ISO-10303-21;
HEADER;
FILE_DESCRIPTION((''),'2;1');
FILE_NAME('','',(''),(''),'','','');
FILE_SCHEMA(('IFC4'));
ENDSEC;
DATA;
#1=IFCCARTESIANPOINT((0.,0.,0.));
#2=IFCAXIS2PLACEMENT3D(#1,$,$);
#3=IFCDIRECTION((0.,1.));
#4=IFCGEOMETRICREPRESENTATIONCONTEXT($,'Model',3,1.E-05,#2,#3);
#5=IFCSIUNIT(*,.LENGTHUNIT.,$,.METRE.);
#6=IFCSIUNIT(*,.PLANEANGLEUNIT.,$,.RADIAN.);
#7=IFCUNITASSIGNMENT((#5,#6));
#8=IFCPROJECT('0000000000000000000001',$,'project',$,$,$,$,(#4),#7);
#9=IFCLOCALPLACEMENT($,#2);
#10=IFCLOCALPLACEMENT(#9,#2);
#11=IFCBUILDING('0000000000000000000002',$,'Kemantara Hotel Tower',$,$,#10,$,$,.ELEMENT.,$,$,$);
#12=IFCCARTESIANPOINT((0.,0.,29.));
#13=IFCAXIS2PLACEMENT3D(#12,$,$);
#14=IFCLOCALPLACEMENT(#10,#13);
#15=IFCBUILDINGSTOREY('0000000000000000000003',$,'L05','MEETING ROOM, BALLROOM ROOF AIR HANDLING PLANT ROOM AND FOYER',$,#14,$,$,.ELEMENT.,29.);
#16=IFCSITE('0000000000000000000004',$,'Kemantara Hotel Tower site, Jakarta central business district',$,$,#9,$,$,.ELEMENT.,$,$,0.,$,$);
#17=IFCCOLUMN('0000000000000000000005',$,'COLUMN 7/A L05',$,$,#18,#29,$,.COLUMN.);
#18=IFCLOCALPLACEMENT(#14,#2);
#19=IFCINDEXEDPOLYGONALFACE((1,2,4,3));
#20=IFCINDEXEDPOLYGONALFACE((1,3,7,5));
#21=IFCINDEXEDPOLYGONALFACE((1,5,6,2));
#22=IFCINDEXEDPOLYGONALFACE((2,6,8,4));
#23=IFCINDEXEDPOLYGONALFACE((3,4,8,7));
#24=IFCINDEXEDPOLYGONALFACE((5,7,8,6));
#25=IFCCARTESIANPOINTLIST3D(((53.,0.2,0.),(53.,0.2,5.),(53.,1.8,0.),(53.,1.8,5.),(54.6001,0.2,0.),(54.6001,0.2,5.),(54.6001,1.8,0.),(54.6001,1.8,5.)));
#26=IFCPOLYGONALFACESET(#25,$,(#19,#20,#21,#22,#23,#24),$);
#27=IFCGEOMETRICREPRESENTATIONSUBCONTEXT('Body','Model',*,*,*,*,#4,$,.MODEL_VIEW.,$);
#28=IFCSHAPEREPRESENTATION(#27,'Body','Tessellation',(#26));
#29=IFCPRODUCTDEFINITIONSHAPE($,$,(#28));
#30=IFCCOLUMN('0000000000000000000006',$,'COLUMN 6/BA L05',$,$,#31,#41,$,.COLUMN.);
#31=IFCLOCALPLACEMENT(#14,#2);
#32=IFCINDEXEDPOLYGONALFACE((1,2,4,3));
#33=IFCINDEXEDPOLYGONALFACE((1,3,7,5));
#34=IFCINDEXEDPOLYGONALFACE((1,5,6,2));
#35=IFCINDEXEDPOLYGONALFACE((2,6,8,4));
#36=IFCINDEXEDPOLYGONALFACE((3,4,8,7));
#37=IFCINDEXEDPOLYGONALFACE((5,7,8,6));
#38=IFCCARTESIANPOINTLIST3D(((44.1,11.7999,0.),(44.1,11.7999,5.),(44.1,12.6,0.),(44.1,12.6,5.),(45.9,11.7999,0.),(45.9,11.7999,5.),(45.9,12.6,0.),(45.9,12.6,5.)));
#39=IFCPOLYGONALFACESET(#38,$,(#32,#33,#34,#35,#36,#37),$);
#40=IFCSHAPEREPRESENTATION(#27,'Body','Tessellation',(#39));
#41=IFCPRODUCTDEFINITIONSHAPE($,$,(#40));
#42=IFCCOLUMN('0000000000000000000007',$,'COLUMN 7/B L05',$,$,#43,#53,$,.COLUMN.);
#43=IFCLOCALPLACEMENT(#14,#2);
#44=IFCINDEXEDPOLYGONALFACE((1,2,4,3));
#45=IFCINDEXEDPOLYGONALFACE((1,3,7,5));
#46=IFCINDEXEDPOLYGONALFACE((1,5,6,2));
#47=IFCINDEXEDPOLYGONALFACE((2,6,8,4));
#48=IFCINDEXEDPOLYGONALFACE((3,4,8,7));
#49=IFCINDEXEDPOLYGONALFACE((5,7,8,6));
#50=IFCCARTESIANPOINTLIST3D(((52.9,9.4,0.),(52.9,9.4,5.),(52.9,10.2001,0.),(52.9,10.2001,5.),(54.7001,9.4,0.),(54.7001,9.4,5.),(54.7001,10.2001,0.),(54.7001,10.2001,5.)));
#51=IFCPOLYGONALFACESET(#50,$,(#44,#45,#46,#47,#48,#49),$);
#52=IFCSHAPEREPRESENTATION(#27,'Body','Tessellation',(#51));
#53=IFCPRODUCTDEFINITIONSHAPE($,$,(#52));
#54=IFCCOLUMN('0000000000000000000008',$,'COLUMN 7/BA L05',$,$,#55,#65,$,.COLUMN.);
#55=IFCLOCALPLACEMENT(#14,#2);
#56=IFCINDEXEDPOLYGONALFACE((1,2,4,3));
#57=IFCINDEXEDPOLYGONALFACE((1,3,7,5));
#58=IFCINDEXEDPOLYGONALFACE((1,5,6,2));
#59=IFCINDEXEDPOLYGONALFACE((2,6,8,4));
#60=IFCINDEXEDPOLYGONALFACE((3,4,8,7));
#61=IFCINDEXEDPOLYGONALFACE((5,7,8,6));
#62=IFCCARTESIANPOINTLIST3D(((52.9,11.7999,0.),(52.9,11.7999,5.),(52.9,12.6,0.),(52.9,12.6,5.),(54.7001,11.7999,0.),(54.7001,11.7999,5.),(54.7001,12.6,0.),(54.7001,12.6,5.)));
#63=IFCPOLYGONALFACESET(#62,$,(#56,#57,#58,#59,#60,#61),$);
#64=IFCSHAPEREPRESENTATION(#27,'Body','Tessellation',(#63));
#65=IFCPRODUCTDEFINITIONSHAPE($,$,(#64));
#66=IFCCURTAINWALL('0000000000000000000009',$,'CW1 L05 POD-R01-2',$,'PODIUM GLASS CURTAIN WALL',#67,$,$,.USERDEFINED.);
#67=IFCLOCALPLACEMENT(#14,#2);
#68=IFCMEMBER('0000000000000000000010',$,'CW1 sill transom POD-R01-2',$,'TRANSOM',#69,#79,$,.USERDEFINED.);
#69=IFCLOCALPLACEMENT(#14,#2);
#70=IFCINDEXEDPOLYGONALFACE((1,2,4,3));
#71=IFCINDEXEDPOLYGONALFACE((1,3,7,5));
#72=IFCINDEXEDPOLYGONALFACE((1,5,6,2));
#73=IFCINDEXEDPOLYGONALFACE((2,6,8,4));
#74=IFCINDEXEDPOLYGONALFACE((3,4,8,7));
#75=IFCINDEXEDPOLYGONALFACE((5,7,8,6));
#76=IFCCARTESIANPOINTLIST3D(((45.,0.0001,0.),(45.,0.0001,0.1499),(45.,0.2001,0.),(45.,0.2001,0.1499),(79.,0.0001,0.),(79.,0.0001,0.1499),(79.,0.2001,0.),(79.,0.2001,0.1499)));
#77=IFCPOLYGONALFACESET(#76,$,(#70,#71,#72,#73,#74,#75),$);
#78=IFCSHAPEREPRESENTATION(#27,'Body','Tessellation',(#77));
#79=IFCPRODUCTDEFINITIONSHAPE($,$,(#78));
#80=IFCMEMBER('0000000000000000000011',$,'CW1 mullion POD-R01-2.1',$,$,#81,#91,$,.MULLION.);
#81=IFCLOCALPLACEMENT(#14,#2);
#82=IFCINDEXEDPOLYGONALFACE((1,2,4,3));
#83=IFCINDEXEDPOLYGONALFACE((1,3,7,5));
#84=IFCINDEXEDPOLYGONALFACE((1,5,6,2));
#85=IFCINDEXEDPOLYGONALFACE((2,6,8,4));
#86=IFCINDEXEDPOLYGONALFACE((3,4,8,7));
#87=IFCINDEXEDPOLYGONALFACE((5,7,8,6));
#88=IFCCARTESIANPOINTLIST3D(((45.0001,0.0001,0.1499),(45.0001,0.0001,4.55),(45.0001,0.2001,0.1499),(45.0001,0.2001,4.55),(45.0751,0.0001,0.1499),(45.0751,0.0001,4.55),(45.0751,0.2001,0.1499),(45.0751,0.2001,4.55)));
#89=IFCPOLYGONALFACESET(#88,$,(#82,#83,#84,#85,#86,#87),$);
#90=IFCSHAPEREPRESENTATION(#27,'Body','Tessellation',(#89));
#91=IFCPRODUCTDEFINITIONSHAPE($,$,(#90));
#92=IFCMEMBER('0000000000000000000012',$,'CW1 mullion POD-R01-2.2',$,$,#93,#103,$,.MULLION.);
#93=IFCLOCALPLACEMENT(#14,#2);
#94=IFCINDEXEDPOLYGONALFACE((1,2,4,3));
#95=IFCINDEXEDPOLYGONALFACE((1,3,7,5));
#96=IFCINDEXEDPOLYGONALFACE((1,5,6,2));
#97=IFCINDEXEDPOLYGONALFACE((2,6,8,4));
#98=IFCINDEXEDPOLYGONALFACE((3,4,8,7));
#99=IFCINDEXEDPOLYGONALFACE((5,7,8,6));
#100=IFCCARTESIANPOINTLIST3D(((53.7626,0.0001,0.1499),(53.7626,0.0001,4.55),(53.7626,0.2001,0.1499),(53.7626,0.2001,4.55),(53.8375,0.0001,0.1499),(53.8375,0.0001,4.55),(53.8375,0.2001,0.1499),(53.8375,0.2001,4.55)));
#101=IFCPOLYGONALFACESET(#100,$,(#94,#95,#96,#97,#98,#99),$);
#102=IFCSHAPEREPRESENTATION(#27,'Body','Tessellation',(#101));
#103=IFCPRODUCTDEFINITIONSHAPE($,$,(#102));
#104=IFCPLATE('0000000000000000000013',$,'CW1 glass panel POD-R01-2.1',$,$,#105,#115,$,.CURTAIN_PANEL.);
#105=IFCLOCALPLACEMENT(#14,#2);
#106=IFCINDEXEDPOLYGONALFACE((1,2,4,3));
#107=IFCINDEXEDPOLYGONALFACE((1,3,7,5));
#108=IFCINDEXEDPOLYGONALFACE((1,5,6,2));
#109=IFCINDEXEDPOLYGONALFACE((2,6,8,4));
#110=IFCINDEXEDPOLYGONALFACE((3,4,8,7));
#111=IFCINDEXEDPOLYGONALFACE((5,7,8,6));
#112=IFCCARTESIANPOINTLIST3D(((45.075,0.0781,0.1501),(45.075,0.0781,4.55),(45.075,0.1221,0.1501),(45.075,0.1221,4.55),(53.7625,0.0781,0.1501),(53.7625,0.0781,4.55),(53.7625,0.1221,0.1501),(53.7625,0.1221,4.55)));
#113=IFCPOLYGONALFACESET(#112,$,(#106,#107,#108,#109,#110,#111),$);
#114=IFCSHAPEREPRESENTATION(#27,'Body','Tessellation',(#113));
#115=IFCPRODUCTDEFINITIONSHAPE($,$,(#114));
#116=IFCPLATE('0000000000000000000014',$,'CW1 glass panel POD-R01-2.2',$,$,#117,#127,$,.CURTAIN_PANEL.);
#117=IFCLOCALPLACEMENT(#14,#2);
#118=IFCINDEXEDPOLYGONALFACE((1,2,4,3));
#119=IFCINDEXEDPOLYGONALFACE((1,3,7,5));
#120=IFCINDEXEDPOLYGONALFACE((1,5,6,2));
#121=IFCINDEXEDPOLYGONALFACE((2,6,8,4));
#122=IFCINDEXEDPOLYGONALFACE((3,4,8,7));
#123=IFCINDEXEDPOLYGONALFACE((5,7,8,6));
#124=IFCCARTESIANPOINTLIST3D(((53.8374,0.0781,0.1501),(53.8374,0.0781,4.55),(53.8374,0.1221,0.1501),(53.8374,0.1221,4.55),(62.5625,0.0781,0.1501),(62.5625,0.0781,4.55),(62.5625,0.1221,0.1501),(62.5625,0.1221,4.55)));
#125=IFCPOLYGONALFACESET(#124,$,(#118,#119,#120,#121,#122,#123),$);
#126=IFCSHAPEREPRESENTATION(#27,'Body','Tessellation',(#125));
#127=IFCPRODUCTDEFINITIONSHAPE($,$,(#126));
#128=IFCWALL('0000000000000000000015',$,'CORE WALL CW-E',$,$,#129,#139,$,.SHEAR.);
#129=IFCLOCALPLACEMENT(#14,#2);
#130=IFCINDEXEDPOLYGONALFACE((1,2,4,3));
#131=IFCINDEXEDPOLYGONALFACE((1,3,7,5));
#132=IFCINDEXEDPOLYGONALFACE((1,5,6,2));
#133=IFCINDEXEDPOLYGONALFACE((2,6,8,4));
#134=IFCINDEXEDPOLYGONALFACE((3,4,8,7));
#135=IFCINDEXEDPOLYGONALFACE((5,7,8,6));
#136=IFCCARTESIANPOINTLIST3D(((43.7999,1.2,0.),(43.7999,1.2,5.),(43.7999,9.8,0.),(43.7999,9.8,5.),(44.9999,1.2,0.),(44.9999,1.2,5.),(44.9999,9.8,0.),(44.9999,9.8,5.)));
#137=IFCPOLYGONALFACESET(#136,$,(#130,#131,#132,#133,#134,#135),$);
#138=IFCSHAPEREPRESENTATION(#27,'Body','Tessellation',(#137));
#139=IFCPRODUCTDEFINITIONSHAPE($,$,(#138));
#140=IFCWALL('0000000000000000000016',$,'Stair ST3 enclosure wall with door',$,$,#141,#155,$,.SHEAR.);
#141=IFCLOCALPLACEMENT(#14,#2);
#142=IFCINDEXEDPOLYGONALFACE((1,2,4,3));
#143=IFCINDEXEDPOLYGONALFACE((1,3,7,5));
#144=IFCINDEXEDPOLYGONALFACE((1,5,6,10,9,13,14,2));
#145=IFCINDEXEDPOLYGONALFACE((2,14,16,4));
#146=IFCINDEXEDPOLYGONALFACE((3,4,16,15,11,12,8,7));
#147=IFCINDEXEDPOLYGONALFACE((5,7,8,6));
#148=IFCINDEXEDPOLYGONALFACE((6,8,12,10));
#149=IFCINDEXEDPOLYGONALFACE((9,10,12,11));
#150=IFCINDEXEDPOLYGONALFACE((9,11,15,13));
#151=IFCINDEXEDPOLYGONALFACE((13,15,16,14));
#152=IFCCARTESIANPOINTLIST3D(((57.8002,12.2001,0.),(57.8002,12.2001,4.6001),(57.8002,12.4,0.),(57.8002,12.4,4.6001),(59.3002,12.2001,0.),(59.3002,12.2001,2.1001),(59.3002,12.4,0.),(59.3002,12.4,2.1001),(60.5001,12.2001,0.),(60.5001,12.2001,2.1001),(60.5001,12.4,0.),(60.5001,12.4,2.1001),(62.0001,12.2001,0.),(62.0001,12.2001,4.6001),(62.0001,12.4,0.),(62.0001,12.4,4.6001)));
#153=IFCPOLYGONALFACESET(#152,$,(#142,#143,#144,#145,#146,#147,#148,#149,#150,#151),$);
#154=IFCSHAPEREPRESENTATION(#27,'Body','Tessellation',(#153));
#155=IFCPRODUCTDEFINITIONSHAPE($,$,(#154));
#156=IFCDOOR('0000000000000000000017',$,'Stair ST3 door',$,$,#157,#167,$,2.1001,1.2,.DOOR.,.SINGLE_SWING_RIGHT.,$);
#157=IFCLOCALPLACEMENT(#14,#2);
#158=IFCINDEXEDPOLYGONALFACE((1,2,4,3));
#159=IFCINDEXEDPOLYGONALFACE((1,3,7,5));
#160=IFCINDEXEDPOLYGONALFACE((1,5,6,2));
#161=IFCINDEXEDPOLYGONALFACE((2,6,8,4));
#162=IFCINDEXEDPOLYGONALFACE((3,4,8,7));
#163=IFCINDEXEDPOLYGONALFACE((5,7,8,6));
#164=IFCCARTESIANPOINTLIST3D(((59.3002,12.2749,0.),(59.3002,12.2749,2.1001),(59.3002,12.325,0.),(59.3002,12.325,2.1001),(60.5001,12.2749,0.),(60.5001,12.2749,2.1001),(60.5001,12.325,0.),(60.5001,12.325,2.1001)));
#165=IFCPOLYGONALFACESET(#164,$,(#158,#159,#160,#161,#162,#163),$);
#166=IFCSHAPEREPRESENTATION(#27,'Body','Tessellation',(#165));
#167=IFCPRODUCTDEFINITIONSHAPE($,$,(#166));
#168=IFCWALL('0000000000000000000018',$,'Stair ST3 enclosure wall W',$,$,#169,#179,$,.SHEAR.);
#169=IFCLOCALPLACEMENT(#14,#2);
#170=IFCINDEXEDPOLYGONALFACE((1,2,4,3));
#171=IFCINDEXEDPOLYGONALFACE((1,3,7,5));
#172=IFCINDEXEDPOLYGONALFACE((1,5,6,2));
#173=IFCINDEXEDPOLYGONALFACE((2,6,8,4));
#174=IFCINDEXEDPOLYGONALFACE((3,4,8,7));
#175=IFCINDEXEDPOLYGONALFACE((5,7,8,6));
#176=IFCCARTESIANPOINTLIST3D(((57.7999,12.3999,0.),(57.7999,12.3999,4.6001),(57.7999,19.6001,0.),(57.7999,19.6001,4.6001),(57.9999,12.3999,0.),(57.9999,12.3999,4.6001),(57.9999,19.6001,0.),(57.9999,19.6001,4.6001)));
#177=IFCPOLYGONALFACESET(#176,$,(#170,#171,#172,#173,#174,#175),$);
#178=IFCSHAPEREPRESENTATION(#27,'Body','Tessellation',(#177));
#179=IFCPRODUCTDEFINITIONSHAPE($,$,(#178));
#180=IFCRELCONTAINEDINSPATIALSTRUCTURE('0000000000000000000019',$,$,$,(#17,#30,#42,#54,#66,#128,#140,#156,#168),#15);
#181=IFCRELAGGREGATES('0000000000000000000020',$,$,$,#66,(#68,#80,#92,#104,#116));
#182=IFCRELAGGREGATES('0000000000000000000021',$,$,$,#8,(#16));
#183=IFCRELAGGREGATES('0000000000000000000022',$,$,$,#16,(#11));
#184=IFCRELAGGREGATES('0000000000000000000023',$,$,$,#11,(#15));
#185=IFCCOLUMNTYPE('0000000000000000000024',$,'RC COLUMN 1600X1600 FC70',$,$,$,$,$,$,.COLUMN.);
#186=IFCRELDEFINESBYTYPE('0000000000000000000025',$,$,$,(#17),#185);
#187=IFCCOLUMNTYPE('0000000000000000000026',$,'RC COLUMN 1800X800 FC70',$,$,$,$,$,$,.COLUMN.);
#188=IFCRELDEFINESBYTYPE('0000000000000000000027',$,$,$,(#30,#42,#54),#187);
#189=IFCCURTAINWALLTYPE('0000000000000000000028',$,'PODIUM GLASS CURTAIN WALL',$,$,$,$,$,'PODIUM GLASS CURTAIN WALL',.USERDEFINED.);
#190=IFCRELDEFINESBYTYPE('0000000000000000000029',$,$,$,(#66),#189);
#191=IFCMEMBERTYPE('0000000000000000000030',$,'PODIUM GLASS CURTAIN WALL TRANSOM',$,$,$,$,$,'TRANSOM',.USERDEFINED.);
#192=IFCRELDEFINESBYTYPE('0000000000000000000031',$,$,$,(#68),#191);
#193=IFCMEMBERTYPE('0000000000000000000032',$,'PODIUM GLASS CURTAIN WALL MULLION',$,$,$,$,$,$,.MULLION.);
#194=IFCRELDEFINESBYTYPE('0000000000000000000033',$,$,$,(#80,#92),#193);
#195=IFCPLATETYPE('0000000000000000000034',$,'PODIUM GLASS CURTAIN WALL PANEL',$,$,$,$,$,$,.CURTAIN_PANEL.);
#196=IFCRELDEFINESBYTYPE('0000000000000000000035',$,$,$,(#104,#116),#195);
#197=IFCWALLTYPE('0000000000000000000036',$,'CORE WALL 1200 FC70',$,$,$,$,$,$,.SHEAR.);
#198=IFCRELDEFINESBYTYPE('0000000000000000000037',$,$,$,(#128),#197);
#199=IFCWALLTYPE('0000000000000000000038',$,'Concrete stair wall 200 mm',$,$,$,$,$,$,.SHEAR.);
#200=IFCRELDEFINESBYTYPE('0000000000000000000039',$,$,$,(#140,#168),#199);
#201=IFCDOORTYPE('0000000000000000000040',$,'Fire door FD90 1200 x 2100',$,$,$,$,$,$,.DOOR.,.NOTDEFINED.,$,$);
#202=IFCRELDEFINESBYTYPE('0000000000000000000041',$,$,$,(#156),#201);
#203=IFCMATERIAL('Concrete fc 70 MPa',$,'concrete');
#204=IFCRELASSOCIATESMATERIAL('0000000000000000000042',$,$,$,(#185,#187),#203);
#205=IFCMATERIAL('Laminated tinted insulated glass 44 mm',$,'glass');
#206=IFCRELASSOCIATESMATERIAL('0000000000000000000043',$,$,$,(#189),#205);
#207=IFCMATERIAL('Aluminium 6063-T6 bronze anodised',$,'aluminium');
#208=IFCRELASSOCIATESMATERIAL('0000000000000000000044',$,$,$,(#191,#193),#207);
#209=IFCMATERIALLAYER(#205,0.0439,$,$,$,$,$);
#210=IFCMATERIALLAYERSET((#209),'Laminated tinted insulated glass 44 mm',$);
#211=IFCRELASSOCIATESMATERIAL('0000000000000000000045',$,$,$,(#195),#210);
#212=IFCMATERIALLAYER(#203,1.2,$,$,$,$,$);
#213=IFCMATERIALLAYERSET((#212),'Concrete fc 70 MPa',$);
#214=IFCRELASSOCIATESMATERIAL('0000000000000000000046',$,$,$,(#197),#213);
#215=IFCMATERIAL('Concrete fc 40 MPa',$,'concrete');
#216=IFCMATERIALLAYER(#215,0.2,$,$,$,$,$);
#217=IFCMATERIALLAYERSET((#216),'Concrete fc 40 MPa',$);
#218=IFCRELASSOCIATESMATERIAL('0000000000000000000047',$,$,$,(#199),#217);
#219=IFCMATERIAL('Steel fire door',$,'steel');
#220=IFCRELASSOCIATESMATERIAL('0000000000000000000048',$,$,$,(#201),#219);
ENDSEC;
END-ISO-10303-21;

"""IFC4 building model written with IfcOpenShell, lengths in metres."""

from ifc_helpers import new_model, si_unit, direction, frame, frame_2d, origin, origin_2d, place, context, subcontext, project, spatial, rectangle, extrude, source, transform, mapped, material, layer, layer_set, material_profile, profile_set, type_object, element, fill, aggregate, save


model = new_model("IFC4")

# Units and contexts
model_context = context("Model", 3, precision=1e-05, world=origin(), true_north=direction((0.0, 1.0)))
body_context = subcontext(model_context, "Body", "Model", "MODEL_VIEW")
ifc_project = project(units=[si_unit("LENGTHUNIT", "METRE"), si_unit("PLANEANGLEUNIT", "RADIAN")], contexts=[model_context])

# Site, building, storey
site_placement = place(None, origin())
site = spatial("IfcSite", under=ifc_project, at=site_placement, Name="Kemantara Hotel Tower site, Jakarta central business district", CompositionType="ELEMENT", RefElevation=0.0)
building_placement = place(site_placement, origin())
building = spatial("IfcBuilding", under=site, at=building_placement, Name="Kemantara Hotel Tower", CompositionType="ELEMENT")
storey_placement = place(building_placement, frame((0.0, 0.0, 29.0)))
storey = spatial("IfcBuildingStorey", under=building, at=storey_placement, Name="L05", Description="MEETING ROOM, BALLROOM ROOF AIR HANDLING PLANT ROOM AND FOYER", CompositionType="ELEMENT", Elevation=29.0)

# Columns
ifc_material_1 = material(Name="Concrete fc 70 MPa", Category="concrete")
ifc_material_profile_1 = material_profile(ifc_material_1, rectangle(XDim=1.6001, YDim=1.6001, at=origin_2d()), Name="RC 1600X1600")
ifc_profile_set_1 = profile_set([ifc_material_profile_1], Name="Concrete fc 70 MPa")
column_type_1 = type_object("IfcColumnType", Name="RC COLUMN 1600X1600 FC70", PredefinedType="COLUMN", material=ifc_profile_set_1)
column_placement = place(storey_placement, frame((53.8, 1.0, 0.0), z_axis=(0.0, 0.0, 1.0), x_axis=(1.0, 0.0, 0.0)))
element("IfcColumn", 1, at=column_placement, inside=storey, type_object=column_type_1, Name="COLUMN 7/A L05", PredefinedType="COLUMN", context=body_context, shape_type="SweptSolid", body=[
    extrude(rectangle(XDim=1.6001, YDim=1.6001, at=origin_2d()), origin(), (0.0, 0.0, 1.0), 5.0),
])
ifc_material_profile_2 = material_profile(ifc_material_1, rectangle(XDim=1.8, YDim=0.8, at=origin_2d()), Name="RC 1800X800")
ifc_profile_set_2 = profile_set([ifc_material_profile_2], Name="Concrete fc 70 MPa")
column_type_2 = type_object("IfcColumnType", Name="RC COLUMN 1800X800 FC70", PredefinedType="COLUMN", material=ifc_profile_set_2)
for number, where, z_axis, x_axis, name in (
    (2, (45.0, 12.2, 0.0), (0.0, 0.0, 1.0), (1.0, 0.0, 0.0), "COLUMN 6/BA L05"),
    (3, (53.8, 9.8, 0.0), (0.0, 0.0, 1.0), (1.0, 0.0, 0.0), "COLUMN 7/B L05"),
    (4, (53.8, 12.2, 0.0), (0.0, 0.0, 1.0), (1.0, 0.0, 0.0), "COLUMN 7/BA L05"),
):
    element("IfcColumn", number, at=place(storey_placement, frame(where, z_axis=z_axis, x_axis=x_axis)), inside=storey, type_object=column_type_2, Name=name, PredefinedType="COLUMN", context=body_context, shape_type="SweptSolid", body=[
        extrude(rectangle(XDim=1.8, YDim=0.8, at=origin_2d()), origin(), (0.0, 0.0, 1.0), 5.0),
    ])

# Curtain wall, members, plates
ifc_material_2 = material(Name="Laminated tinted insulated glass 44 mm", Category="glass")
curtain_wall_type = type_object("IfcCurtainWallType", Name="PODIUM GLASS CURTAIN WALL", ElementType="PODIUM GLASS CURTAIN WALL", PredefinedType="USERDEFINED", material=ifc_material_2)
curtain_wall_placement = place(storey_placement, origin())
curtain_wall = element("IfcCurtainWall", 5, at=curtain_wall_placement, inside=storey, type_object=curtain_wall_type, Name="CW1 L05 POD-R01-2", ObjectType="PODIUM GLASS CURTAIN WALL", PredefinedType="USERDEFINED")
ifc_material_3 = material(Name="Aluminium 6063-T6 bronze anodised", Category="aluminium")
ifc_material_profile_3 = material_profile(ifc_material_3, rectangle(XDim=0.2, YDim=0.1499, at=origin_2d()), Name="PODIUM GLASS CURTAIN WALL TRANSOM")
ifc_profile_set_3 = profile_set([ifc_material_profile_3], Name="Aluminium 6063-T6 bronze anodised")
member_type_1 = type_object("IfcMemberType", Name="PODIUM GLASS CURTAIN WALL TRANSOM", ElementType="TRANSOM", PredefinedType="USERDEFINED", material=ifc_profile_set_3)
member_1_placement = place(storey_placement, frame((45.0, 0.1001, 0.075), z_axis=(1.0, 0.0, 0.0), x_axis=(0.0, 1.0, 0.0)))
member_1 = element("IfcMember", 6, at=member_1_placement, type_object=member_type_1, Name="CW1 sill transom POD-R01-2", ObjectType="TRANSOM", PredefinedType="USERDEFINED", context=body_context, shape_type="SweptSolid", body=[
    extrude(rectangle(XDim=0.2, YDim=0.1499, at=origin_2d()), origin(), (0.0, 0.0, 1.0), 34.0),
])
ifc_material_profile_4 = material_profile(ifc_material_3, rectangle(XDim=0.2, YDim=0.075, at=origin_2d()), Name="PODIUM GLASS CURTAIN WALL MULLION")
ifc_profile_set_4 = profile_set([ifc_material_profile_4], Name="Aluminium 6063-T6 bronze anodised")
member_type_2 = type_object("IfcMemberType", Name="PODIUM GLASS CURTAIN WALL MULLION", PredefinedType="MULLION", material=ifc_profile_set_4)
shared_shape_1 = source(origin(), body_context, "Body", "SweptSolid", [
    extrude(rectangle(XDim=0.2, YDim=0.075, at=origin_2d()), origin(), (0.0, 0.0, 1.0), 4.4001),
])
member_2_placement = place(storey_placement, frame((45.0376, 0.1001, 0.1499), z_axis=(0.0, 0.0, 1.0), x_axis=(0.0, 1.0, 0.0)))
member_2 = element("IfcMember", 7, at=member_2_placement, type_object=member_type_2, Name="CW1 mullion POD-R01-2.1", PredefinedType="MULLION", context=body_context, shape_type="MappedRepresentation", body=[
    mapped(shared_shape_1, transform((0.0, 0.0, 0.0))),
])
member_3_placement = place(storey_placement, frame((53.8, 0.1001, 0.1499), z_axis=(0.0, 0.0, 1.0), x_axis=(0.0, 1.0, 0.0)))
member_3 = element("IfcMember", 8, at=member_3_placement, type_object=member_type_2, Name="CW1 mullion POD-R01-2.2", PredefinedType="MULLION", context=body_context, shape_type="MappedRepresentation", body=[
    mapped(shared_shape_1, transform((0.0, 0.0, 0.0))),
])
ifc_layer_1 = layer(ifc_material_2, 0.0439)
ifc_layer_set_1 = layer_set([ifc_layer_1], Name="Laminated tinted insulated glass 44 mm")
plate_type = type_object("IfcPlateType", Name="PODIUM GLASS CURTAIN WALL PANEL", PredefinedType="CURTAIN_PANEL", material=ifc_layer_set_1)
shared_shape_2 = source(origin(), body_context, "Body", "SweptSolid", [
    extrude(rectangle(XDim=8.6875, YDim=0.0439, at=origin_2d()), origin(), (0.0, 0.0, 1.0), 4.3999),
])
plate_1_placement = place(storey_placement, frame((49.4187, 0.1001, 0.1501), z_axis=(0.0, 0.0, 1.0), x_axis=(1.0, 0.0, 0.0)))
plate_1 = element("IfcPlate", 9, at=plate_1_placement, type_object=plate_type, Name="CW1 glass panel POD-R01-2.1", PredefinedType="CURTAIN_PANEL", context=body_context, shape_type="MappedRepresentation", body=[
    mapped(shared_shape_2, transform((0.0, 0.0, 0.0))),
])
shared_shape_3 = source(origin(), body_context, "Body", "SweptSolid", [
    extrude(rectangle(XDim=8.7251, YDim=0.0439, at=origin_2d()), origin(), (0.0, 0.0, 1.0), 4.3999),
])
plate_2_placement = place(storey_placement, frame((58.2, 0.1001, 0.1501), z_axis=(0.0, 0.0, 1.0), x_axis=(1.0, 0.0, 0.0)))
plate_2 = element("IfcPlate", 10, at=plate_2_placement, type_object=plate_type, Name="CW1 glass panel POD-R01-2.2", PredefinedType="CURTAIN_PANEL", context=body_context, shape_type="MappedRepresentation", body=[
    mapped(shared_shape_3, transform((0.0, 0.0, 0.0))),
])
aggregate(curtain_wall, [member_1, member_2, member_3, plate_1, plate_2])

# Wall
ifc_layer_2 = layer(ifc_material_1, 1.2)
ifc_layer_set_2 = layer_set([ifc_layer_2], Name="Concrete fc 70 MPa")
wall_type_1 = type_object("IfcWallType", Name="CORE WALL 1200 FC70", PredefinedType="SHEAR", material=ifc_layer_set_2)
wall_1_placement = place(storey_placement, frame((44.3999, 1.2, 0.0), z_axis=(0.0, 0.0, 1.0), x_axis=(0.0, 1.0, 0.0)))
element("IfcWall", 11, at=wall_1_placement, inside=storey, type_object=wall_type_1, Name="CORE WALL CW-E", PredefinedType="SHEAR", context=body_context, shape_type="SweptSolid", body=[
    extrude(rectangle(XDim=8.6001, YDim=1.2, at=frame_2d((4.3, 0.0))), origin(), (0.0, 0.0, 1.0), 5.0),
])

# Wall, opening, door
ifc_material_4 = material(Name="Concrete fc 40 MPa", Category="concrete")
ifc_layer_3 = layer(ifc_material_4, 0.2)
ifc_layer_set_3 = layer_set([ifc_layer_3], Name="Concrete fc 40 MPa")
wall_type_2 = type_object("IfcWallType", Name="Concrete stair wall 200 mm", PredefinedType="SHEAR", material=ifc_layer_set_3)
wall_2_placement = place(storey_placement, frame((57.8, 12.3, 0.0), z_axis=(0.0, 0.0, 1.0), x_axis=(1.0, 0.0, 0.0)))
wall_2 = element("IfcWall", 12, at=wall_2_placement, inside=storey, type_object=wall_type_2, Name="Stair ST3 enclosure wall with door", PredefinedType="SHEAR", context=body_context, shape_type="SweptSolid", body=[
    extrude(rectangle(XDim=4.2, YDim=0.2, at=frame_2d((2.1001, 0.0))), origin(), (0.0, 0.0, 1.0), 4.6001),
])
opening_1_placement = place(wall_2_placement, frame((1.5, 0.0, 0.0)))
opening_1 = element("IfcOpeningElement", 13, at=opening_1_placement, cuts=wall_2, PredefinedType="OPENING", context=body_context, shape_type="SweptSolid", body=[
    extrude(rectangle(XDim=1.2, YDim=2.1001, at=frame_2d((0.6001, 1.05))), frame((0.0, 0.1099, 0.0), z_axis=(0.0, -1.0, 0.0), x_axis=(1.0, 0.0, 0.0)), (0.0, 0.0, 1.0), 0.22),
])
ifc_material_5 = material(Name="Steel fire door", Category="steel")
door_type_1 = type_object("IfcDoorType", Name="Fire door FD90 1200 x 2100", OperationType="NOTDEFINED", PredefinedType="DOOR", material=ifc_material_5)
door_1_placement = place(opening_1_placement, origin())
door_1 = element("IfcDoor", 14, at=door_1_placement, inside=storey, type_object=door_type_1, Name="Stair ST3 door", OperationType="SINGLE_SWING_RIGHT", OverallHeight=2.1001, OverallWidth=1.2, PredefinedType="DOOR", context=body_context, shape_type="SweptSolid", body=[
    extrude(rectangle(XDim=1.2, YDim=2.1001, at=frame_2d((0.6001, 1.05))), frame((0.0, 0.0249, 0.0), z_axis=(0.0, -1.0, 0.0), x_axis=(1.0, 0.0, 0.0)), (0.0, 0.0, 1.0), 0.05),
])
fill(opening_1, door_1)

# Wall
wall_3_placement = place(storey_placement, frame((57.8999, 12.3999, 0.0), z_axis=(0.0, 0.0, 1.0), x_axis=(0.0, 1.0, 0.0)))
element("IfcWall", 15, at=wall_3_placement, inside=storey, type_object=wall_type_2, Name="Stair ST3 enclosure wall W", PredefinedType="SHEAR", context=body_context, shape_type="SweptSolid", body=[
    extrude(rectangle(XDim=7.2002, YDim=0.2, at=frame_2d((3.6001, 0.0))), origin(), (0.0, 0.0, 1.0), 4.6001),
])

save(model, "model.ifc")
